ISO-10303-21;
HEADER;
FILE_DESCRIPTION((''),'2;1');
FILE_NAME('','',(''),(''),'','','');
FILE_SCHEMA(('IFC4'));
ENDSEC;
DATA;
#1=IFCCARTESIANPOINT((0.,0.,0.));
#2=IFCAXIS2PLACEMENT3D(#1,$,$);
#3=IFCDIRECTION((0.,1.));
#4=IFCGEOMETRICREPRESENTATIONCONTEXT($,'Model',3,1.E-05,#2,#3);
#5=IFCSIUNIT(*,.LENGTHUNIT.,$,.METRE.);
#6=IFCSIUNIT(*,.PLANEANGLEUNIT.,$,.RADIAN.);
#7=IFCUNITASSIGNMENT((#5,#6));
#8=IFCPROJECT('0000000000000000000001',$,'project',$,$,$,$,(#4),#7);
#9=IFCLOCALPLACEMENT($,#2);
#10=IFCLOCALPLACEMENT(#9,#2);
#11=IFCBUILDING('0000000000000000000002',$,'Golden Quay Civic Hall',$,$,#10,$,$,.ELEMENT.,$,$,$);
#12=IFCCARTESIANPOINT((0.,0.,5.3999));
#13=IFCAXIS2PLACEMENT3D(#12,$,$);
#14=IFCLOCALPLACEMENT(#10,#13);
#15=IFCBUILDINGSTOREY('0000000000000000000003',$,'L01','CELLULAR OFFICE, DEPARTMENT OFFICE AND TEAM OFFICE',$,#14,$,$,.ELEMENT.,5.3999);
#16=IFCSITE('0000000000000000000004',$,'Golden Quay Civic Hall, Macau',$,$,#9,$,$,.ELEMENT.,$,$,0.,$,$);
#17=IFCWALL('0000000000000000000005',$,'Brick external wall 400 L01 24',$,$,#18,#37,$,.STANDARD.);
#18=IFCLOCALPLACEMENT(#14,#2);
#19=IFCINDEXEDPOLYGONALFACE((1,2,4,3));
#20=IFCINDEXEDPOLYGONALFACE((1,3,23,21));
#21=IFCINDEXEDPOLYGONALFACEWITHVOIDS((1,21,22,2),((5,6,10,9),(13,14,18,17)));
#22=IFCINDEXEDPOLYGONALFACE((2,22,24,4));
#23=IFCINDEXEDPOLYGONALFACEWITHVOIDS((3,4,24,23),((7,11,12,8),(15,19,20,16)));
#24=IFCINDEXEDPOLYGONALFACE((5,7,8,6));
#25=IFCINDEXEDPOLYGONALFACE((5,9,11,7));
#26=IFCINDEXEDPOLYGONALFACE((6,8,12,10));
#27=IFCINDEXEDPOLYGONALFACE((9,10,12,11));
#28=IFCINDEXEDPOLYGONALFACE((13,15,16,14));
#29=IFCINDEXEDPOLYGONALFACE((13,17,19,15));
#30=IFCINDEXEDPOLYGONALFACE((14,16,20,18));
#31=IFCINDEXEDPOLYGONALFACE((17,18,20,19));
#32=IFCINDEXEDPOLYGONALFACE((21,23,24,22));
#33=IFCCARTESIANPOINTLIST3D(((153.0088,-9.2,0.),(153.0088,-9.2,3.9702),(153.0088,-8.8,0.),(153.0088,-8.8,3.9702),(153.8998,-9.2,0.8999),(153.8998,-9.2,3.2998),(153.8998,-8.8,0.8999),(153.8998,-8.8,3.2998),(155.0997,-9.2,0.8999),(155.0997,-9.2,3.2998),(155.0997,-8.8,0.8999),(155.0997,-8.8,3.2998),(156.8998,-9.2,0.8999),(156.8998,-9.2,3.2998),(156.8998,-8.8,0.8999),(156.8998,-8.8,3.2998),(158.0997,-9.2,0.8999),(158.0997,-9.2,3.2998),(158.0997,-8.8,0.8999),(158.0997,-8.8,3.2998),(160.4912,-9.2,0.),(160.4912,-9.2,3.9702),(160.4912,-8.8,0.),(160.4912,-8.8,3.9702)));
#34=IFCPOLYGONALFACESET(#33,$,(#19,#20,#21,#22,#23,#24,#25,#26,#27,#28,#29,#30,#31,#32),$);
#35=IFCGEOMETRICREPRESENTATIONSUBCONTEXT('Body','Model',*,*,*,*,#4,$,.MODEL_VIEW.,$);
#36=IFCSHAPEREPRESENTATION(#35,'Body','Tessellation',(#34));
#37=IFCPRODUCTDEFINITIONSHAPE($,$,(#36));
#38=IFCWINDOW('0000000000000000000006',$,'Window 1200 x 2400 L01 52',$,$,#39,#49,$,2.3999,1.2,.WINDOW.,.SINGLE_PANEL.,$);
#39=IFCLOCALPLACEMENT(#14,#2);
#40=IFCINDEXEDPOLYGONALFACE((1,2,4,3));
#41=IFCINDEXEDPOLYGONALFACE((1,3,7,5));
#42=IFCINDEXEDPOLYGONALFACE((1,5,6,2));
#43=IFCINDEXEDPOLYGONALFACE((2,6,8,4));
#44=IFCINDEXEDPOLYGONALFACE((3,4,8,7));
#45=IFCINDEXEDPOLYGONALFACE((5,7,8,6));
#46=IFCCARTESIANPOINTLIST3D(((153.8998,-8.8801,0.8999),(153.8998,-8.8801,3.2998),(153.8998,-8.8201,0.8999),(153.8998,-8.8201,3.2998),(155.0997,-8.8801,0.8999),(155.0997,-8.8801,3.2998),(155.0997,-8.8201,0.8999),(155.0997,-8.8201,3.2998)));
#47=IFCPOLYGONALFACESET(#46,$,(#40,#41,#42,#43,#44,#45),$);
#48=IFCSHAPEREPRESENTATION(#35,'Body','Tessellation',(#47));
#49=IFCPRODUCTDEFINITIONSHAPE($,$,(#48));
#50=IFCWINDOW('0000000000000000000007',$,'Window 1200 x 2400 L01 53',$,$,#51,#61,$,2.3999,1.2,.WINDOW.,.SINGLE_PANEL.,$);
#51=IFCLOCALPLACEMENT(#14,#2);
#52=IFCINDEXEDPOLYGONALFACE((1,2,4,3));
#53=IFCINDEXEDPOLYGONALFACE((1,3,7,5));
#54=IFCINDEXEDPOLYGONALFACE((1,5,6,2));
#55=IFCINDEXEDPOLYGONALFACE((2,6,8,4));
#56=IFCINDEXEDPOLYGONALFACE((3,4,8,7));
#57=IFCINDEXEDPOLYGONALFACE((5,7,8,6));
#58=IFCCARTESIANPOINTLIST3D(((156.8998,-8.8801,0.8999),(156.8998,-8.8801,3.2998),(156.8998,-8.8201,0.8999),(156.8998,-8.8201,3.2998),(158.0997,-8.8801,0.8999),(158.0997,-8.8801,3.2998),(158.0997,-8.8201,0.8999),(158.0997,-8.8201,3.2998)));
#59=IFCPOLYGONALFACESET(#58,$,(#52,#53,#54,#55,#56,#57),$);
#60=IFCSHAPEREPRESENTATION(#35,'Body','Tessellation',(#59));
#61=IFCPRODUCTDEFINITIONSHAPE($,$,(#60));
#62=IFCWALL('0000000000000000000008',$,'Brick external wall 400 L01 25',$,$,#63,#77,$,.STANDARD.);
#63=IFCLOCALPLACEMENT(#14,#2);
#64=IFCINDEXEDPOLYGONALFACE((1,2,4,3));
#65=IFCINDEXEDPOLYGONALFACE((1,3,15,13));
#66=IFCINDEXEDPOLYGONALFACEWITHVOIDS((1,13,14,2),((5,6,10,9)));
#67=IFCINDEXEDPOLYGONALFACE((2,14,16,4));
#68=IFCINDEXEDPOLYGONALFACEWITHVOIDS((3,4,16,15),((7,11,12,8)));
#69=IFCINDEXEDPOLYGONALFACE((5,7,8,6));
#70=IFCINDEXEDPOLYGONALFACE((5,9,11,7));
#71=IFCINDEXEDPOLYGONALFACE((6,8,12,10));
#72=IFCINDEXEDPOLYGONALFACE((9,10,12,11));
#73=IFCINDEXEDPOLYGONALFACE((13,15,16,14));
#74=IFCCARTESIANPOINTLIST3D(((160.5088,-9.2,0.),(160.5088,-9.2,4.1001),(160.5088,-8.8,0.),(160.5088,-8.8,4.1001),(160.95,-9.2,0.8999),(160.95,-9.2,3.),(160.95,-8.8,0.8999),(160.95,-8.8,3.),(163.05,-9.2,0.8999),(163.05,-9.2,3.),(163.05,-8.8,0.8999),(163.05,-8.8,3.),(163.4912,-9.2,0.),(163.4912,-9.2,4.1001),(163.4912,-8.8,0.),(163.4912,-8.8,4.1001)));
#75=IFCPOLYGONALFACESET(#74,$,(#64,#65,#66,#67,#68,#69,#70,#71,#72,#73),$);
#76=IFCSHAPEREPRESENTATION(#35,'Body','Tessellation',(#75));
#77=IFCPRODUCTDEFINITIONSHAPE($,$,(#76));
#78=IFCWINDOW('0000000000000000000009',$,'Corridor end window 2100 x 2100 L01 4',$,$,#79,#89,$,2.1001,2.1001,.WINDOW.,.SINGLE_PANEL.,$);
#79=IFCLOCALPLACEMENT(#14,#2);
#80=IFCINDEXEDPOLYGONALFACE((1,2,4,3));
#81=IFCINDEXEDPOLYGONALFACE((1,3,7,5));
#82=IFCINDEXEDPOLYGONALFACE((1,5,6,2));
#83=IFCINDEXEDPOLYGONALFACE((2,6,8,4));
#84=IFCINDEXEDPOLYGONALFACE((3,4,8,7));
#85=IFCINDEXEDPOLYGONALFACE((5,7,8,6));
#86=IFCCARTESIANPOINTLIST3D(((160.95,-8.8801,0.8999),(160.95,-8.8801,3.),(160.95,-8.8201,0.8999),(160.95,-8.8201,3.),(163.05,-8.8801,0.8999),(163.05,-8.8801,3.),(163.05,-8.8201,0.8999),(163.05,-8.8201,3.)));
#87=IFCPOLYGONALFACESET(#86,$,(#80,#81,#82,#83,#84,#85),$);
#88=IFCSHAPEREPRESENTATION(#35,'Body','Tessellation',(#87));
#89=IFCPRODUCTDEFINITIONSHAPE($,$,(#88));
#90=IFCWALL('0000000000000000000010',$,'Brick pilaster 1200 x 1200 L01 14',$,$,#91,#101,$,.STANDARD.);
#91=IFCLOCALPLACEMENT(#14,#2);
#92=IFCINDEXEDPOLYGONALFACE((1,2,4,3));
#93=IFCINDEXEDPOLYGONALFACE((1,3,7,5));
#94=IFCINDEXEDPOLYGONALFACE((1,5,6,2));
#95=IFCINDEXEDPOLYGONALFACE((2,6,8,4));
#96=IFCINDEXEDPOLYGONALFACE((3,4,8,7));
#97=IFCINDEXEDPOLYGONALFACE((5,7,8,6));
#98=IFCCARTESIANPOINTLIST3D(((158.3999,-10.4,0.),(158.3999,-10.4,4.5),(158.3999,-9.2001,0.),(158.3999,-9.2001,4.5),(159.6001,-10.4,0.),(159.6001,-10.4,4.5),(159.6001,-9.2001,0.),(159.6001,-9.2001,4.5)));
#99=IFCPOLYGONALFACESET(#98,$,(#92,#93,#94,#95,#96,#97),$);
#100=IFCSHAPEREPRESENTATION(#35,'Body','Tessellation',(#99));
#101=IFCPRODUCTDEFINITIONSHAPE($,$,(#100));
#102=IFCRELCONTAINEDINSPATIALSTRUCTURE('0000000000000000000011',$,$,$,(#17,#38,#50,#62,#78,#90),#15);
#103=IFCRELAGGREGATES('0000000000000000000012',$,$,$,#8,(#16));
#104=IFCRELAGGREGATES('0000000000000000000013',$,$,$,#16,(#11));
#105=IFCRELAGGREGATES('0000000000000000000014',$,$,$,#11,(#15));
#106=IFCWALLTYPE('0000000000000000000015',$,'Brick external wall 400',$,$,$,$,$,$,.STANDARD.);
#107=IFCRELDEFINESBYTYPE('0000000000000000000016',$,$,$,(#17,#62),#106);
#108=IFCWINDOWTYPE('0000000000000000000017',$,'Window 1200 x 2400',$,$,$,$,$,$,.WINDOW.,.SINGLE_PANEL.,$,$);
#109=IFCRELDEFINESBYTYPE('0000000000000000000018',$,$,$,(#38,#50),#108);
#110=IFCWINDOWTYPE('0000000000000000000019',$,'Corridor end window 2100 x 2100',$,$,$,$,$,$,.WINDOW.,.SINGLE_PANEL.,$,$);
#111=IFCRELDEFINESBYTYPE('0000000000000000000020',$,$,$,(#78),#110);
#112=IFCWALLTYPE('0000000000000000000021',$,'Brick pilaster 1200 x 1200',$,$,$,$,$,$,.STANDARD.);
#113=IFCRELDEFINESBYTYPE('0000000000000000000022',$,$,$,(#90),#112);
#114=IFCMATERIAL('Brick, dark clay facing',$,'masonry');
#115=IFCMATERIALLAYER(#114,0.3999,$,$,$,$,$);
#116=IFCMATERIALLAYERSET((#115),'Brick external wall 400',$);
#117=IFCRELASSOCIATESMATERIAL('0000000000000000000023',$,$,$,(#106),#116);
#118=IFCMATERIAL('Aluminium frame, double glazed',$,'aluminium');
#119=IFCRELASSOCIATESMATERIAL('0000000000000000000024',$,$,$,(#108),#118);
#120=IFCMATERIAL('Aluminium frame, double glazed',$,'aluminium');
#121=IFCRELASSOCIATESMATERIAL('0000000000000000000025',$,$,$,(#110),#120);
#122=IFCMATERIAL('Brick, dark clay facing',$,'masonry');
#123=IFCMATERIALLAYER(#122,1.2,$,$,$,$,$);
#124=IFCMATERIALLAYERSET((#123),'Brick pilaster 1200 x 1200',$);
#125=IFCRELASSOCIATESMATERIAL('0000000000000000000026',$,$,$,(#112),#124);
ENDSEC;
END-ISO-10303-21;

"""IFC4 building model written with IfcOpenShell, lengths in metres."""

from ifc_helpers import new_model, si_unit, direction, frame, frame_2d, origin, place, context, subcontext, project, spatial, rectangle, extrude, material, layer, layer_set, type_object, element, fill, save


model = new_model("IFC4")

# Units and contexts
model_context = context("Model", 3, precision=1e-05, world=origin(), true_north=direction((0.0, 1.0)))
body_context = subcontext(model_context, "Body", "Model", "MODEL_VIEW")
ifc_project = project(units=[si_unit("LENGTHUNIT", "METRE"), si_unit("PLANEANGLEUNIT", "RADIAN")], contexts=[model_context])

# Site, building, storey
site_placement = place(None, origin())
site = spatial("IfcSite", under=ifc_project, at=site_placement, Name="Golden Quay Civic Hall, Macau", CompositionType="ELEMENT", RefElevation=0.0)
building_placement = place(site_placement, origin())
building = spatial("IfcBuilding", under=site, at=building_placement, Name="Golden Quay Civic Hall", CompositionType="ELEMENT")
storey_placement = place(building_placement, frame((0.0, 0.0, 5.3999)))
storey = spatial("IfcBuildingStorey", under=building, at=storey_placement, Name="L01", Description="CELLULAR OFFICE, DEPARTMENT OFFICE AND TEAM OFFICE", CompositionType="ELEMENT", Elevation=5.3999)

# Wall, openings, windows
ifc_material_1 = material(Name="Brick, dark clay facing", Category="masonry")
ifc_layer_1 = layer(ifc_material_1, 0.3999)
ifc_layer_set_1 = layer_set([ifc_layer_1], Name="Brick external wall 400")
wall_type_1 = type_object("IfcWallType", Name="Brick external wall 400", PredefinedType="STANDARD", material=ifc_layer_set_1)
wall_1_placement = place(storey_placement, frame((160.4912, -9.0, 0.0), z_axis=(0.0, 0.0, 1.0), x_axis=(-1.0, 0.0, 0.0)))
wall_1 = element("IfcWall", 1, at=wall_1_placement, inside=storey, type_object=wall_type_1, Name="Brick external wall 400 L01 24", PredefinedType="STANDARD", context=body_context, shape_type="SweptSolid", body=[
    extrude(rectangle(XDim=7.4824, YDim=0.3999, at=frame_2d((3.7412, 0.0))), origin(), (0.0, 0.0, 1.0), 3.9702),
])
opening_1_placement = place(wall_1_placement, frame((5.3914, 0.0, 0.8999)))
opening_1 = element("IfcOpeningElement", 2, at=opening_1_placement, cuts=wall_1, PredefinedType="OPENING", context=body_context, shape_type="SweptSolid", body=[
    extrude(rectangle(XDim=1.2, YDim=2.3999, at=frame_2d((0.6001, 1.2))), frame((0.0, 0.21, 0.0), z_axis=(0.0, -1.0, 0.0), x_axis=(1.0, 0.0, 0.0)), (0.0, 0.0, 1.0), 0.4199),
])
opening_2_placement = place(wall_1_placement, frame((2.3914, 0.0, 0.8999)))
opening_2 = element("IfcOpeningElement", 3, at=opening_2_placement, cuts=wall_1, PredefinedType="OPENING", context=body_context, shape_type="SweptSolid", body=[
    extrude(rectangle(XDim=1.2, YDim=2.3999, at=frame_2d((0.6001, 1.2))), frame((0.0, 0.21, 0.0), z_axis=(0.0, -1.0, 0.0), x_axis=(1.0, 0.0, 0.0)), (0.0, 0.0, 1.0), 0.4199),
])
ifc_material_2 = material(Name="Aluminium frame, double glazed", Category="aluminium")
window_type_1 = type_object("IfcWindowType", Name="Window 1200 x 2400", PartitioningType="SINGLE_PANEL", PredefinedType="WINDOW", material=ifc_material_2)
window_1_placement = place(opening_1_placement, origin())
window_1 = element("IfcWindow", 4, at=window_1_placement, inside=storey, type_object=window_type_1, Name="Window 1200 x 2400 L01 52", OverallHeight=2.3999, OverallWidth=1.2, PartitioningType="SINGLE_PANEL", PredefinedType="WINDOW", context=body_context, shape_type="SweptSolid", body=[
    extrude(rectangle(XDim=1.2, YDim=2.3999, at=frame_2d((0.6001, 1.2))), frame((0.0, -0.1199, 0.0), z_axis=(0.0, -1.0, 0.0), x_axis=(1.0, 0.0, 0.0)), (0.0, 0.0, 1.0), 0.0601),
])
fill(opening_1, window_1)
window_2_placement = place(opening_2_placement, origin())
window_2 = element("IfcWindow", 5, at=window_2_placement, inside=storey, type_object=window_type_1, Name="Window 1200 x 2400 L01 53", OverallHeight=2.3999, OverallWidth=1.2, PartitioningType="SINGLE_PANEL", PredefinedType="WINDOW", context=body_context, shape_type="SweptSolid", body=[
    extrude(rectangle(XDim=1.2, YDim=2.3999, at=frame_2d((0.6001, 1.2))), frame((0.0, -0.1199, 0.0), z_axis=(0.0, -1.0, 0.0), x_axis=(1.0, 0.0, 0.0)), (0.0, 0.0, 1.0), 0.0601),
])
fill(opening_2, window_2)

# Wall, opening, window
wall_2_placement = place(storey_placement, frame((163.4912, -9.0, 0.0), z_axis=(0.0, 0.0, 1.0), x_axis=(-1.0, 0.0, 0.0)))
wall_2 = element("IfcWall", 6, at=wall_2_placement, inside=storey, type_object=wall_type_1, Name="Brick external wall 400 L01 25", PredefinedType="STANDARD", context=body_context, shape_type="SweptSolid", body=[
    extrude(rectangle(XDim=2.9824, YDim=0.3999, at=frame_2d((1.4912, 0.0))), origin(), (0.0, 0.0, 1.0), 4.1001),
])
opening_3_placement = place(wall_2_placement, frame((0.4412, 0.0, 0.8999)))
opening_3 = element("IfcOpeningElement", 7, at=opening_3_placement, cuts=wall_2, PredefinedType="OPENING", context=body_context, shape_type="SweptSolid", body=[
    extrude(rectangle(XDim=2.1001, YDim=2.1001, at=frame_2d((1.05, 1.05))), frame((0.0, 0.21, 0.0), z_axis=(0.0, -1.0, 0.0), x_axis=(1.0, 0.0, 0.0)), (0.0, 0.0, 1.0), 0.4199),
])
ifc_material_3 = material(Name="Aluminium frame, double glazed", Category="aluminium")
window_type_2 = type_object("IfcWindowType", Name="Corridor end window 2100 x 2100", PartitioningType="SINGLE_PANEL", PredefinedType="WINDOW", material=ifc_material_3)
window_3_placement = place(opening_3_placement, origin())
window_3 = element("IfcWindow", 8, at=window_3_placement, inside=storey, type_object=window_type_2, Name="Corridor end window 2100 x 2100 L01 4", OverallHeight=2.1001, OverallWidth=2.1001, PartitioningType="SINGLE_PANEL", PredefinedType="WINDOW", context=body_context, shape_type="SweptSolid", body=[
    extrude(rectangle(XDim=2.1001, YDim=2.1001, at=frame_2d((1.05, 1.05))), frame((0.0, -0.1199, 0.0), z_axis=(0.0, -1.0, 0.0), x_axis=(1.0, 0.0, 0.0)), (0.0, 0.0, 1.0), 0.0601),
])
fill(opening_3, window_3)

# Wall
ifc_material_4 = material(Name="Brick, dark clay facing", Category="masonry")
ifc_layer_2 = layer(ifc_material_4, 1.2)
ifc_layer_set_2 = layer_set([ifc_layer_2], Name="Brick pilaster 1200 x 1200")
wall_type_2 = type_object("IfcWallType", Name="Brick pilaster 1200 x 1200", PredefinedType="STANDARD", material=ifc_layer_set_2)
wall_3_placement = place(storey_placement, frame((158.3999, -9.8, 0.0), z_axis=(0.0, 0.0, 1.0), x_axis=(1.0, 0.0, 0.0)))
element("IfcWall", 9, at=wall_3_placement, inside=storey, type_object=wall_type_2, Name="Brick pilaster 1200 x 1200 L01 14", PredefinedType="STANDARD", context=body_context, shape_type="SweptSolid", body=[
    extrude(rectangle(XDim=1.2002, YDim=1.2, at=frame_2d((0.6001, 0.0))), origin(), (0.0, 0.0, 1.0), 4.5),
])

save(model, "model.ifc")
